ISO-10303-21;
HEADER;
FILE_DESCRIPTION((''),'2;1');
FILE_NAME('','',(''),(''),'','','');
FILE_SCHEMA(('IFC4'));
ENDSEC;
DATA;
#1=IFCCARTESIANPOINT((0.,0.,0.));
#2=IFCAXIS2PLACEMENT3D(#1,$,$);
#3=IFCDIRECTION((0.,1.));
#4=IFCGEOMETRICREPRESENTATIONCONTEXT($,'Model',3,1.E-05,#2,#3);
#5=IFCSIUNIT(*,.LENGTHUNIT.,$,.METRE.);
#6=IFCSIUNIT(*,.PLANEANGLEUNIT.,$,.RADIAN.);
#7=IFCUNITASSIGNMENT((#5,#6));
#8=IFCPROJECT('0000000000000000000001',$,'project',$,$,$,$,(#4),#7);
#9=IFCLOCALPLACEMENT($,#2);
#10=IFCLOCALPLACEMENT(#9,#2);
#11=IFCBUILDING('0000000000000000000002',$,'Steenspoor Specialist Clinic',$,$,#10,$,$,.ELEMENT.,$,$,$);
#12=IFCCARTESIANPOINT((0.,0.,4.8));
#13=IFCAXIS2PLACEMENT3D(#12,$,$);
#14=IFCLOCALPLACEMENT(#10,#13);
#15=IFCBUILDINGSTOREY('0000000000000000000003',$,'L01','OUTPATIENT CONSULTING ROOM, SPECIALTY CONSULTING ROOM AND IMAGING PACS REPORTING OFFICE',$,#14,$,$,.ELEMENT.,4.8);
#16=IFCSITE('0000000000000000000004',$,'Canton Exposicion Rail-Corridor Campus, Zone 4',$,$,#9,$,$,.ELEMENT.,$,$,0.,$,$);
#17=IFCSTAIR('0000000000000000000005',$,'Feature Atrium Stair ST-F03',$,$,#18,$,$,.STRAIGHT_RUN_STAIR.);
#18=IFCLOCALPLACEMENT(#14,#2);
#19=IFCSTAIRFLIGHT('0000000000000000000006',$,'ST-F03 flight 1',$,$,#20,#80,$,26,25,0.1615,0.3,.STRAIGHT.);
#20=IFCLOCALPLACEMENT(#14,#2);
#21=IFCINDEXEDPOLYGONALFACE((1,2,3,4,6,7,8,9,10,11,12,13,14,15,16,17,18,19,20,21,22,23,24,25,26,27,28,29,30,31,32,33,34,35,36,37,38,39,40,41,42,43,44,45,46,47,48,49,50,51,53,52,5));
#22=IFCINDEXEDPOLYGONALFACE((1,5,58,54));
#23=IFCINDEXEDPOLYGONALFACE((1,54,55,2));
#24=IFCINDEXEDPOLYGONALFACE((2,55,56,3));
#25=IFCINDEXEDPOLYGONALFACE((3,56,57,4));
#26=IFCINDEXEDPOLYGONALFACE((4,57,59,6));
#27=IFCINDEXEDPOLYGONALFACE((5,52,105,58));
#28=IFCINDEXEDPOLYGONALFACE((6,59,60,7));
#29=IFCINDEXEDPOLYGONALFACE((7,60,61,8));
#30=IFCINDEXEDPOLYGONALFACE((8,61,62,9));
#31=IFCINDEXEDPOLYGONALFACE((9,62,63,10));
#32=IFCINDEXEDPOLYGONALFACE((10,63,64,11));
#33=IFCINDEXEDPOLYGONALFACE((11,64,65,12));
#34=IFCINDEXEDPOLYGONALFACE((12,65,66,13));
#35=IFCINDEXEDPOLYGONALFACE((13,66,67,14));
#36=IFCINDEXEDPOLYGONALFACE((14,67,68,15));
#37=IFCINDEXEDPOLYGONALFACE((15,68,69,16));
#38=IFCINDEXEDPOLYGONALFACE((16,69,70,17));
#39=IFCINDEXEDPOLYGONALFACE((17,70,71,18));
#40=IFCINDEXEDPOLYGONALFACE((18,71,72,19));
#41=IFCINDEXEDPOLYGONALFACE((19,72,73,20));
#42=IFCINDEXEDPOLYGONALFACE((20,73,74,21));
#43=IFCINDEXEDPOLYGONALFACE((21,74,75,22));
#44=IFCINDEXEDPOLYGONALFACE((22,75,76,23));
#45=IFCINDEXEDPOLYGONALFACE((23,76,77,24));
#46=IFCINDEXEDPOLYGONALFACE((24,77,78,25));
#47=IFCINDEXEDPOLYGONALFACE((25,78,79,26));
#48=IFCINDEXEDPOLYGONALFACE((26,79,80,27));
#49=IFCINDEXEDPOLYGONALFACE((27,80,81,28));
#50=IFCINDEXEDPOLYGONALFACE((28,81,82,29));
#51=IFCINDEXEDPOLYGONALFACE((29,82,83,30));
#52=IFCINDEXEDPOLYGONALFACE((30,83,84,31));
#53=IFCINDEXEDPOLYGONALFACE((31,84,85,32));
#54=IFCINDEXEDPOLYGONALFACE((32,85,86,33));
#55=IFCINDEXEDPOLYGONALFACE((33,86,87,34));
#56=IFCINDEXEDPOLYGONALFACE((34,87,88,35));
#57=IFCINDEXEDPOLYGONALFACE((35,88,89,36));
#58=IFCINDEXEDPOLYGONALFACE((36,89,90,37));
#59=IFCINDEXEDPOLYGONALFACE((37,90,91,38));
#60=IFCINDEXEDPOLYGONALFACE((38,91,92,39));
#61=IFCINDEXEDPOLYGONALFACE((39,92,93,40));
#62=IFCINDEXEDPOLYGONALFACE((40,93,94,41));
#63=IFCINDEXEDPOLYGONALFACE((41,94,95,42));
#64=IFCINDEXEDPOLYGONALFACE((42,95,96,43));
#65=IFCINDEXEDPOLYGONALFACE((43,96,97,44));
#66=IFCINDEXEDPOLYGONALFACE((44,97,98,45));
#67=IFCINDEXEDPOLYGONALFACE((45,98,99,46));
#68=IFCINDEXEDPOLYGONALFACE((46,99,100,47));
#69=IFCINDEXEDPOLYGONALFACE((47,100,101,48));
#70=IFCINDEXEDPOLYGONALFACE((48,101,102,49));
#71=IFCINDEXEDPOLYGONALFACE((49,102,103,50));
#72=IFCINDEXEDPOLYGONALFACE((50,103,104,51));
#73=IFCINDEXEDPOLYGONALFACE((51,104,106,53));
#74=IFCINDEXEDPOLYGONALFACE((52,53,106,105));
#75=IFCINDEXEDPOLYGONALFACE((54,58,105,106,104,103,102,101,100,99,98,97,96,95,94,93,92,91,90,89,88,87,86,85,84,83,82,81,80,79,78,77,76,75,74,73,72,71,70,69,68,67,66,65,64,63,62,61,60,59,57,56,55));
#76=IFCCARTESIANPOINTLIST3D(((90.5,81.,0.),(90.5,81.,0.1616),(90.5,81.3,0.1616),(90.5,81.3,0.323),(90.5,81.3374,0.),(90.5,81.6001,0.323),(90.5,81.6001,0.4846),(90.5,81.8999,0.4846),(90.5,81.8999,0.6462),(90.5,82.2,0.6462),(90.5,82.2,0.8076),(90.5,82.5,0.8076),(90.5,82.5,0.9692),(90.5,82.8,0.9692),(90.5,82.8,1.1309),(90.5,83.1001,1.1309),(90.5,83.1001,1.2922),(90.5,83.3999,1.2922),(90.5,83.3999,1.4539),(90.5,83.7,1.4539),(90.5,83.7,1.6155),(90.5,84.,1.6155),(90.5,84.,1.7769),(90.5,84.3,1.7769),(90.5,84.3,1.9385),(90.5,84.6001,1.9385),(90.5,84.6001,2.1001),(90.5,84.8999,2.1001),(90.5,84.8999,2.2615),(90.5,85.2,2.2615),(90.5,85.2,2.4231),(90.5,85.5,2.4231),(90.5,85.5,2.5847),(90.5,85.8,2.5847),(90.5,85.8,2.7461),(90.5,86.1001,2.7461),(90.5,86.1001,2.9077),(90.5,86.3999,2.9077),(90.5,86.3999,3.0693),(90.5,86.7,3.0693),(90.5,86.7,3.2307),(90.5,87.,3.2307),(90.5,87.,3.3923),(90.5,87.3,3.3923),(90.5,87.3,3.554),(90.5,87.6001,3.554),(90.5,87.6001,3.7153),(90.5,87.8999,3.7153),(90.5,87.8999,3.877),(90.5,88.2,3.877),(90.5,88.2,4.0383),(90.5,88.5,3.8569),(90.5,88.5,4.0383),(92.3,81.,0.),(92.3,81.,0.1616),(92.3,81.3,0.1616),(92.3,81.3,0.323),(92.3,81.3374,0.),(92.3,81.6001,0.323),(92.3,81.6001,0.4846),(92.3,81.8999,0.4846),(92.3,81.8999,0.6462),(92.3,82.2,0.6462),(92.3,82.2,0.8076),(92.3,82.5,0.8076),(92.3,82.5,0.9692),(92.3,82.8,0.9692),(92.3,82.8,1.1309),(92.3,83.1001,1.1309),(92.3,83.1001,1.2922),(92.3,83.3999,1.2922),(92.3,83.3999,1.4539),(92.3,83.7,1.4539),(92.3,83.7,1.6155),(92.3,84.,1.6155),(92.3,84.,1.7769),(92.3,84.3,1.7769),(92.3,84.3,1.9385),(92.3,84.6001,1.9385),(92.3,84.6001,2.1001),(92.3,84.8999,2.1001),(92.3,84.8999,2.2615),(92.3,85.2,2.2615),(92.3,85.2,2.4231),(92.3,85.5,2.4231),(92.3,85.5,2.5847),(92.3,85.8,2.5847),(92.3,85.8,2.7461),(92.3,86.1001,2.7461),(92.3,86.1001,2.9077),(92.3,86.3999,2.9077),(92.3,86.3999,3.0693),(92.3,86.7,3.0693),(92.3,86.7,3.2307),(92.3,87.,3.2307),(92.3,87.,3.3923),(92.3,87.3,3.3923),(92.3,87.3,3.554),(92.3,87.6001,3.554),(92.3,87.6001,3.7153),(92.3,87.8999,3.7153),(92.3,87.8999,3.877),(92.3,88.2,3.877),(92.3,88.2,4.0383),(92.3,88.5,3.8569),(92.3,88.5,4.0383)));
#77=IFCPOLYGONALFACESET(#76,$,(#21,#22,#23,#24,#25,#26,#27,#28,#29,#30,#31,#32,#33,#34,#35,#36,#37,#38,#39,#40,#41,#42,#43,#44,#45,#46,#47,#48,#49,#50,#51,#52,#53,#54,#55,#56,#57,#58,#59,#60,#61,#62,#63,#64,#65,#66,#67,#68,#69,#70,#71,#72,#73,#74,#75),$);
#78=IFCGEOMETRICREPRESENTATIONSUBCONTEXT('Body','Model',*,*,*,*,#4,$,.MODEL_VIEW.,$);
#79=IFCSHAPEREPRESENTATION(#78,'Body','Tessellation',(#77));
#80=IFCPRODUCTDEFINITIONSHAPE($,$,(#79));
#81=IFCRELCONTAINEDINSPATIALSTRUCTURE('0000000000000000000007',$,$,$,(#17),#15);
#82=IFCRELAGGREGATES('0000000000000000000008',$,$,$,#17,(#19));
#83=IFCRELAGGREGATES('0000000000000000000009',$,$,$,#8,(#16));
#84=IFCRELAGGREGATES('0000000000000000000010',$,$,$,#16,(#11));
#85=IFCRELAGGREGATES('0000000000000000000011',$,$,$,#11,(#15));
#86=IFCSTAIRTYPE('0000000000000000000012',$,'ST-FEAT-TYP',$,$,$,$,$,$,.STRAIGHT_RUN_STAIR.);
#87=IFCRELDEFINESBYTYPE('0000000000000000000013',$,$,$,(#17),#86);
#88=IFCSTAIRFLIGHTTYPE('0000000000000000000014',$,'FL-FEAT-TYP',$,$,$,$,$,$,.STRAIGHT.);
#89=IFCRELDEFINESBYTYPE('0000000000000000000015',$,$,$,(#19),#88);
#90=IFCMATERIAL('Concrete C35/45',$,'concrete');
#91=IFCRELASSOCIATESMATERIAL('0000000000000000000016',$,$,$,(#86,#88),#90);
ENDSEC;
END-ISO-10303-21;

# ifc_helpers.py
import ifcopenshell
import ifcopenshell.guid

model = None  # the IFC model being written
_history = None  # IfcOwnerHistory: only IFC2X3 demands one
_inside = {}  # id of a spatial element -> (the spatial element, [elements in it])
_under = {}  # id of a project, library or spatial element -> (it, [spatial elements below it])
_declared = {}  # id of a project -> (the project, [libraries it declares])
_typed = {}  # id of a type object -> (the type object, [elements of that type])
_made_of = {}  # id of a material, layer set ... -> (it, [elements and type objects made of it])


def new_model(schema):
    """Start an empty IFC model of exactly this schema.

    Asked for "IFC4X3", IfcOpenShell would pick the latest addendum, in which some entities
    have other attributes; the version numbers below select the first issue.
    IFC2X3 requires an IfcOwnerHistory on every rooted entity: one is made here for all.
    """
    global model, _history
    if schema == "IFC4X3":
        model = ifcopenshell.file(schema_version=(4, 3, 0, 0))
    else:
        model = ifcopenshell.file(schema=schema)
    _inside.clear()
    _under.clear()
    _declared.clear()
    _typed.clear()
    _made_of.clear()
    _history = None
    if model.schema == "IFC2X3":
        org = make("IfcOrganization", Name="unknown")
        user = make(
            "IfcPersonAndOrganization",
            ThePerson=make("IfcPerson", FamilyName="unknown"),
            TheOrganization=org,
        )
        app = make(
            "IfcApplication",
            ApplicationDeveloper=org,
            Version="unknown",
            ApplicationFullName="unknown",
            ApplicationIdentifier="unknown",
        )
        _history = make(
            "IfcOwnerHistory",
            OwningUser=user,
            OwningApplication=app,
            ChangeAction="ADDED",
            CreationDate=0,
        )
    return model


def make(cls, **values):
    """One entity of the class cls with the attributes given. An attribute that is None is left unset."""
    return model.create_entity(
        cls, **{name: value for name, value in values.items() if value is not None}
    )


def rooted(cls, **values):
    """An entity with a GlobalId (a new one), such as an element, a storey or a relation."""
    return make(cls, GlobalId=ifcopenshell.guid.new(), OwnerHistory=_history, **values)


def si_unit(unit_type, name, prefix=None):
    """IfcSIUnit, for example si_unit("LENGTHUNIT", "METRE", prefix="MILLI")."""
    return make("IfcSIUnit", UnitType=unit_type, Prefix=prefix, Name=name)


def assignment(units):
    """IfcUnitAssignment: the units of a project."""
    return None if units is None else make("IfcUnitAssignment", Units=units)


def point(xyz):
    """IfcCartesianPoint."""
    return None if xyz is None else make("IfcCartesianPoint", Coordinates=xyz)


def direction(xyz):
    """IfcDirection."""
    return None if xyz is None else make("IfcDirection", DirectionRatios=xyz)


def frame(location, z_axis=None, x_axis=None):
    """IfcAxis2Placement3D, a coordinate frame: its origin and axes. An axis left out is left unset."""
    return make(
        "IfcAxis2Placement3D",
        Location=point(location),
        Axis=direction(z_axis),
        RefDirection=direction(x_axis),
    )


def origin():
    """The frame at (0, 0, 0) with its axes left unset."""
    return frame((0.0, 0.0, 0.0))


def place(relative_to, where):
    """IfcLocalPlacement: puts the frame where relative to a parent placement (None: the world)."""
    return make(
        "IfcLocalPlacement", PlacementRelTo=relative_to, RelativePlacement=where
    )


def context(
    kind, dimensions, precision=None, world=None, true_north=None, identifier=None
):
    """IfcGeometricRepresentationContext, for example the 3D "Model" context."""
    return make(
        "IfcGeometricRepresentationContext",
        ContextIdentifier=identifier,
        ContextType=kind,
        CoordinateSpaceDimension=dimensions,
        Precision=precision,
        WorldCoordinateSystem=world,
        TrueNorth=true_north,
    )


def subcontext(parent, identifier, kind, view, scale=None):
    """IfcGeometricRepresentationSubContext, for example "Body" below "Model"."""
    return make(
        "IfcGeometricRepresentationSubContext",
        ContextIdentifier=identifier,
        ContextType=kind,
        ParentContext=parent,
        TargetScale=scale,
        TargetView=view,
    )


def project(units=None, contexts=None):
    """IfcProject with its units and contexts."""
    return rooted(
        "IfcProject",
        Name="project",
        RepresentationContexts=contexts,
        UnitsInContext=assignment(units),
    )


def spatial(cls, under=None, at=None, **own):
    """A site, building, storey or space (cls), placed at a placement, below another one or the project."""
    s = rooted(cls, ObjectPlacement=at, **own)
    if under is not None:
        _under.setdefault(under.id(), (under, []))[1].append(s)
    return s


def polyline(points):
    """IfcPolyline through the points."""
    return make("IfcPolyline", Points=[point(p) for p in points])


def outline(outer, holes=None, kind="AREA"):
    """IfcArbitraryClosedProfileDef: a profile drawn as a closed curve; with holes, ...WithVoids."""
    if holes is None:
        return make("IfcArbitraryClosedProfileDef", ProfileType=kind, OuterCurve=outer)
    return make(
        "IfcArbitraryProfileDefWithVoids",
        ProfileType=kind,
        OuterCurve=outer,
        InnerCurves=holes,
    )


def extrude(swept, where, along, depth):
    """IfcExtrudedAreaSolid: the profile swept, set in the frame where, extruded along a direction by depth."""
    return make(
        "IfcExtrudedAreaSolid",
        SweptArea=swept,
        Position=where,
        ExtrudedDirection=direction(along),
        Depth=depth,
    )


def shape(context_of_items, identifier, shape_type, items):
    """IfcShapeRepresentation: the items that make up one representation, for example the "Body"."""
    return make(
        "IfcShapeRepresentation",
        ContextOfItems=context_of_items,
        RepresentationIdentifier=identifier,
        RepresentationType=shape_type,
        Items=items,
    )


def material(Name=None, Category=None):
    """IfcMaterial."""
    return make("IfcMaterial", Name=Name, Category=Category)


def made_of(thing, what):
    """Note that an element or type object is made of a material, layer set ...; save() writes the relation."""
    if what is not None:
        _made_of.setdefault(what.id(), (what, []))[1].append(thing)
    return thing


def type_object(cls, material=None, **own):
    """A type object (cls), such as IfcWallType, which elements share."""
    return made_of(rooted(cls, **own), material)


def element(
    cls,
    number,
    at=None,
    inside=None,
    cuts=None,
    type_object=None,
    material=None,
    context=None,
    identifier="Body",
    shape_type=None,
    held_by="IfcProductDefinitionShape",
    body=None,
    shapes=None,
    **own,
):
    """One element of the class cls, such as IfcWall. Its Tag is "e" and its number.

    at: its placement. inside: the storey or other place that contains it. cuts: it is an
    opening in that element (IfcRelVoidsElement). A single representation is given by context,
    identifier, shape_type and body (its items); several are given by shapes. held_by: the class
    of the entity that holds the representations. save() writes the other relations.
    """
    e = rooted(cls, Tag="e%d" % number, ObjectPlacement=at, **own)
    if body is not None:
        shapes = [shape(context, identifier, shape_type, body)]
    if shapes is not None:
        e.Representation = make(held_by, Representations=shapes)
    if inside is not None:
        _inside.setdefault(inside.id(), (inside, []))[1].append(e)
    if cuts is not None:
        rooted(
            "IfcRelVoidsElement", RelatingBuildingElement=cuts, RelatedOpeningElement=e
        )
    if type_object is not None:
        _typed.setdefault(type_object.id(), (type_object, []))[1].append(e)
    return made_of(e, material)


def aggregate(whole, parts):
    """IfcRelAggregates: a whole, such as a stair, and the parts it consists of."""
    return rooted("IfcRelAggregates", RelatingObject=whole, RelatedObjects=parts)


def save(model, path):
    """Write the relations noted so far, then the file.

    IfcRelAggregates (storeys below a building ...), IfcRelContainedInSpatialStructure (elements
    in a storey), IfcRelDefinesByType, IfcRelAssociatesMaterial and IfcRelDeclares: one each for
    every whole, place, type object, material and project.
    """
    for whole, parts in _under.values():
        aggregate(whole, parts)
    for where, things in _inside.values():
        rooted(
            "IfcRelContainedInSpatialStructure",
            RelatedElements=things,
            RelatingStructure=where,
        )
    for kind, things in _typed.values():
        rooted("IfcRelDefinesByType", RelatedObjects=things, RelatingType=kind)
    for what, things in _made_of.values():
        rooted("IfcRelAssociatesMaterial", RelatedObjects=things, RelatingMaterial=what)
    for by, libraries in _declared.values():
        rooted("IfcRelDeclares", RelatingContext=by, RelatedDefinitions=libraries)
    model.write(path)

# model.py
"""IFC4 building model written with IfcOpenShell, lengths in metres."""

from ifc_helpers import new_model, si_unit, direction, frame, origin, place, context, subcontext, project, spatial, polyline, outline, extrude, material, type_object, element, aggregate, save


model = new_model("IFC4")

# Units and contexts
model_context = context("Model", 3, precision=1e-05, world=origin(), true_north=direction((0.0, 1.0)))
body_context = subcontext(model_context, "Body", "Model", "MODEL_VIEW")
ifc_project = project(units=[si_unit("LENGTHUNIT", "METRE"), si_unit("PLANEANGLEUNIT", "RADIAN")], contexts=[model_context])

# Site, building, storey
site_placement = place(None, origin())
site = spatial("IfcSite", under=ifc_project, at=site_placement, Name="Canton Exposicion Rail-Corridor Campus, Zone 4", CompositionType="ELEMENT", RefElevation=0.0)
building_placement = place(site_placement, origin())
building = spatial("IfcBuilding", under=site, at=building_placement, Name="Steenspoor Specialist Clinic", CompositionType="ELEMENT")
storey_placement = place(building_placement, frame((0.0, 0.0, 4.8)))
storey = spatial("IfcBuildingStorey", under=building, at=storey_placement, Name="L01", Description="OUTPATIENT CONSULTING ROOM, SPECIALTY CONSULTING ROOM AND IMAGING PACS REPORTING OFFICE", CompositionType="ELEMENT", Elevation=4.8)

# Shared definitions
ifc_material_1 = material(Name="Concrete C35/45", Category="concrete")

# Stair, stair flight
stair_type = type_object("IfcStairType", Name="ST-FEAT-TYP", PredefinedType="STRAIGHT_RUN_STAIR", material=ifc_material_1)
stair_placement = place(storey_placement, origin())
stair = element("IfcStair", 1, at=stair_placement, inside=storey, type_object=stair_type, Name="Feature Atrium Stair ST-F03", PredefinedType="STRAIGHT_RUN_STAIR")
stair_flight_type = type_object("IfcStairFlightType", Name="FL-FEAT-TYP", PredefinedType="STRAIGHT", material=ifc_material_1)
stair_flight_placement = place(storey_placement, frame((91.3999, 81.0, 0.0), z_axis=(0.0, 0.0, 1.0), x_axis=(0.0, 1.0, 0.0)))
stair_flight = element("IfcStairFlight", 2, at=stair_flight_placement, type_object=stair_flight_type, Name="ST-F03 flight 1", NumberOfRisers=26, NumberOfTreads=25, PredefinedType="STRAIGHT", RiserHeight=0.1615, TreadLength=0.3, context=body_context, shape_type="SweptSolid", body=[
    extrude(outline(polyline([(0.0, 0.0), (0.0, 0.1616), (0.3, 0.1616), (0.3, 0.323), (0.6001, 0.323), (0.6001, 0.4846), (0.8999, 0.4846), (0.8999, 0.6462), (1.2, 0.6462), (1.2, 0.8076), (1.5, 0.8076), (1.5, 0.9692), (1.8, 0.9692), (1.8, 1.1309), (2.1001, 1.1309), (2.1001, 1.2922), (2.3999, 1.2922), (2.3999, 1.4539), (2.7, 1.4539), (2.7, 1.6155), (3.0, 1.6155), (3.0, 1.7769), (3.3, 1.7769), (3.3, 1.9385), (3.6001, 1.9385), (3.6001, 2.1001), (3.8999, 2.1001), (3.8999, 2.2615), (4.2, 2.2615), (4.2, 2.4231), (4.5, 2.4231), (4.5, 2.5847), (4.8, 2.5847), (4.8, 2.7461), (5.1001, 2.7461), (5.1001, 2.9077), (5.3999, 2.9077), (5.3999, 3.0693), (5.7, 3.0693), (5.7, 3.2307), (6.0, 3.2307), (6.0, 3.3923), (6.3, 3.3923), (6.3, 3.554), (6.6001, 3.554), (6.6001, 3.7153), (6.8999, 3.7153), (6.8999, 3.877), (7.2, 3.877), (7.2, 4.0383), (7.5, 4.0383), (7.5, 4.2), (7.5, 3.8569), (0.3374, 0.0), (0.0, 0.0)])), frame((0.0, 0.8999, 0.0), z_axis=(0.0, -1.0, 0.0), x_axis=(1.0, 0.0, 0.0)), (0.0, 0.0, 1.0), 1.8),
])
aggregate(stair, [stair_flight])

save(model, "model.ifc")
